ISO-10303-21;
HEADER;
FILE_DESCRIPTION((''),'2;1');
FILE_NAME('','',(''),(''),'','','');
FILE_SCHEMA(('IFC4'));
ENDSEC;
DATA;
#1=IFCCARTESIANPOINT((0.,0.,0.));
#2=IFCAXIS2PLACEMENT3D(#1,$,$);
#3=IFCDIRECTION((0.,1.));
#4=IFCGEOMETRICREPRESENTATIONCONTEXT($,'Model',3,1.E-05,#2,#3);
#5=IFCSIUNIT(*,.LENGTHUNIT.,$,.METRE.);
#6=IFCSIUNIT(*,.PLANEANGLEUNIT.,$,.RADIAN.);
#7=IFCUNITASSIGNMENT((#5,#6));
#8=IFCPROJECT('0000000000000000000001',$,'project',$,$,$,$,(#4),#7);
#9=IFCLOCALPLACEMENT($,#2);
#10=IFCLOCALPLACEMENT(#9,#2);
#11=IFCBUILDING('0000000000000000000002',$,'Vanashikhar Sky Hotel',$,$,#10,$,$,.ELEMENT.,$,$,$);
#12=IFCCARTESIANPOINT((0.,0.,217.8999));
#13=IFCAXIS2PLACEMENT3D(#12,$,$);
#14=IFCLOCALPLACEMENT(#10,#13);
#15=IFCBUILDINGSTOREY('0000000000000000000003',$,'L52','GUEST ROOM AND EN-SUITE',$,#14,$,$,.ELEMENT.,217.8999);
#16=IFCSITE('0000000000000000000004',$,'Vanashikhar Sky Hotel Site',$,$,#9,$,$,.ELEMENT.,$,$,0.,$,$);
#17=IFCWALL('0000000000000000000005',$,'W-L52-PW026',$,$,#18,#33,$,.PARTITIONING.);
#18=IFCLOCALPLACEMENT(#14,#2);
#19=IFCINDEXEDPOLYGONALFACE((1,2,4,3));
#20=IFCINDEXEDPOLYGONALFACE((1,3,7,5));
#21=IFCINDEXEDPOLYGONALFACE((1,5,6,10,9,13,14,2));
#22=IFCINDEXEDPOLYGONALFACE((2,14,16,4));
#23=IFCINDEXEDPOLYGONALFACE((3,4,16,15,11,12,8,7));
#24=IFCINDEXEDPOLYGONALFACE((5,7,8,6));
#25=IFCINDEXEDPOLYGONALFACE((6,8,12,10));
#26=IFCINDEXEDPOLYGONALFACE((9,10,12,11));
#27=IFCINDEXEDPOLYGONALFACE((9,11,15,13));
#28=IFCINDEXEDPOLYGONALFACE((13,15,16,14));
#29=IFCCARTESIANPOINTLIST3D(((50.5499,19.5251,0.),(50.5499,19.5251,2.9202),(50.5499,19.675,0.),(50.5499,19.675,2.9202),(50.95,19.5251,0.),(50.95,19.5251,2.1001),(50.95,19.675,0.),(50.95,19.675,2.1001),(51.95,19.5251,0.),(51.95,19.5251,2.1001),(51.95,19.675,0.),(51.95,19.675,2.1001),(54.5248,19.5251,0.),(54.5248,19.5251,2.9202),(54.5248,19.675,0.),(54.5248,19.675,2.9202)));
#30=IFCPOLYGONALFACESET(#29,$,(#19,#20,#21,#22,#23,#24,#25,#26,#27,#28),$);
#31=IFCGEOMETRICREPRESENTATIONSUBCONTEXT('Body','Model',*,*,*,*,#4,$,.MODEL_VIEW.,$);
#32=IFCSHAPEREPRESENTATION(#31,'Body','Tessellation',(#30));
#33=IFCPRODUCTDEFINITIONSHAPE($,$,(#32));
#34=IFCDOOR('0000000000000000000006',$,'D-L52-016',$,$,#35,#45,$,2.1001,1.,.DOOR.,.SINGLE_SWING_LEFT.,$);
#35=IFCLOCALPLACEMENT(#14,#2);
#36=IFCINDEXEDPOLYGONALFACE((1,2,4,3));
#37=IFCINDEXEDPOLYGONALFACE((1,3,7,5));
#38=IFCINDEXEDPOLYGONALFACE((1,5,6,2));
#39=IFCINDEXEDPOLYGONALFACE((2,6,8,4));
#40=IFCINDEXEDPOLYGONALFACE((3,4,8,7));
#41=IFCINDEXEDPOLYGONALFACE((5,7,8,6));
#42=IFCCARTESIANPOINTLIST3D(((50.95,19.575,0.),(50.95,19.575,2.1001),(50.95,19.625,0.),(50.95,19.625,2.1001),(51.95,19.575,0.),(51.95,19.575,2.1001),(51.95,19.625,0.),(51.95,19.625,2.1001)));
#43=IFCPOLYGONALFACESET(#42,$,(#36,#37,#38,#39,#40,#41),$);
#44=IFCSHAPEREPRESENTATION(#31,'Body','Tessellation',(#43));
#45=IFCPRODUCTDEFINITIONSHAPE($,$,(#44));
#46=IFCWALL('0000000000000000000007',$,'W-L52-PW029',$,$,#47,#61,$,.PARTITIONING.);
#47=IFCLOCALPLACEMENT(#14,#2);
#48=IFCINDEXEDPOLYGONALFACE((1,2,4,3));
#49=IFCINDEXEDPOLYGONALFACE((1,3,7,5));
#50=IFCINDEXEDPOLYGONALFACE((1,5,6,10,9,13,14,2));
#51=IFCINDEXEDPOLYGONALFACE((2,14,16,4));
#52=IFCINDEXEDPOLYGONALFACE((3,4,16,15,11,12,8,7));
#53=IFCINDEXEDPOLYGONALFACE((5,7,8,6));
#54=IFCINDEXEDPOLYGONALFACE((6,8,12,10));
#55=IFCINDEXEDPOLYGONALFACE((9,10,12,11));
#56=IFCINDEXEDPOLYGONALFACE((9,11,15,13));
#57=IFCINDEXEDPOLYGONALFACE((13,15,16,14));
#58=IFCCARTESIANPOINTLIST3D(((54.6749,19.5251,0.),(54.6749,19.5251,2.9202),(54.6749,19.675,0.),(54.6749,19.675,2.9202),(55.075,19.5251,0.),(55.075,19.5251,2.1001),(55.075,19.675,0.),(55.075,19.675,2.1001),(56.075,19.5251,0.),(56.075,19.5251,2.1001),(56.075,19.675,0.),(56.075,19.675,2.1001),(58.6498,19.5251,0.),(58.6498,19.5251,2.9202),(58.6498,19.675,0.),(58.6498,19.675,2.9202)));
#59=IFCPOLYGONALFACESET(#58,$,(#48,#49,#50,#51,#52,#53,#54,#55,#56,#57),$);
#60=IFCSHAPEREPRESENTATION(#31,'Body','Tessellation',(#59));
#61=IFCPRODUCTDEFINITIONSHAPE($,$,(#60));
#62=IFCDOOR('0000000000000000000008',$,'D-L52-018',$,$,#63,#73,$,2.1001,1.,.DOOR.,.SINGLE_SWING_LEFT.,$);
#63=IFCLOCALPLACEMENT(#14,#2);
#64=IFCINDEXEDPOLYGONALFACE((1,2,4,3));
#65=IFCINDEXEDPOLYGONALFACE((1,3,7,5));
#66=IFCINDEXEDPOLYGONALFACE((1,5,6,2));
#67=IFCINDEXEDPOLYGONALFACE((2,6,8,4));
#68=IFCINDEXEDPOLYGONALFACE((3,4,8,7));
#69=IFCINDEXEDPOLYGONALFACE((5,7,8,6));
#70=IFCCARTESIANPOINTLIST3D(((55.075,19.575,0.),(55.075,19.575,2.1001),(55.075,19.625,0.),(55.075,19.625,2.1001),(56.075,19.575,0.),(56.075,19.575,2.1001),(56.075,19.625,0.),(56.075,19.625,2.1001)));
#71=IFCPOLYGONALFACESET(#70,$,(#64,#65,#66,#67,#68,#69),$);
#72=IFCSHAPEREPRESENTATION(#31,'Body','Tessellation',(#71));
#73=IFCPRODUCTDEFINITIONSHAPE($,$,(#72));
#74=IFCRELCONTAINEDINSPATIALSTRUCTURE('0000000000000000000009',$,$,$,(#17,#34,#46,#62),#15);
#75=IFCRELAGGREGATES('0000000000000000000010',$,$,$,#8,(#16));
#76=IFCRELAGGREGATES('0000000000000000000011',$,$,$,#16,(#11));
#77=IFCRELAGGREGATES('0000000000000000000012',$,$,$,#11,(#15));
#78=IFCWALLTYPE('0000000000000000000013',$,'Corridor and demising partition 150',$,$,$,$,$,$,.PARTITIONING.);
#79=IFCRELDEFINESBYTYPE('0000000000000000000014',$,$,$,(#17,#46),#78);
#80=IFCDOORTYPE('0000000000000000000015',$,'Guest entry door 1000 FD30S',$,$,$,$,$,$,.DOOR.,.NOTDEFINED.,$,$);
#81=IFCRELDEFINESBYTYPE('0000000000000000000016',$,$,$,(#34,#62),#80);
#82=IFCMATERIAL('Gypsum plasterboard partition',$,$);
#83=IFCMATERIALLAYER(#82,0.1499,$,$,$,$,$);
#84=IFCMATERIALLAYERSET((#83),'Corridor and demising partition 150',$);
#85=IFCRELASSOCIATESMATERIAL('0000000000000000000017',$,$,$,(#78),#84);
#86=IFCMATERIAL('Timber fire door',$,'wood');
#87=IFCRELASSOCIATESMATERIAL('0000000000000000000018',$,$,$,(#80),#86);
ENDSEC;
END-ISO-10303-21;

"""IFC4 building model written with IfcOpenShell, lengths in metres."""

from ifc_helpers import new_model, si_unit, direction, frame, frame_2d, origin, place, context, subcontext, project, spatial, rectangle, extrude, source, transform, mapped, material, layer, layer_set, type_object, element, fill, save


model = new_model("IFC4")

# Units and contexts
model_context = context("Model", 3, precision=1e-05, world=origin(), true_north=direction((0.0, 1.0)))
body_context = subcontext(model_context, "Body", "Model", "MODEL_VIEW")
ifc_project = project(units=[si_unit("LENGTHUNIT", "METRE"), si_unit("PLANEANGLEUNIT", "RADIAN")], contexts=[model_context])

# Site, building, storey
site_placement = place(None, origin())
site = spatial("IfcSite", under=ifc_project, at=site_placement, Name="Vanashikhar Sky Hotel Site", CompositionType="ELEMENT", RefElevation=0.0)
building_placement = place(site_placement, origin())
building = spatial("IfcBuilding", under=site, at=building_placement, Name="Vanashikhar Sky Hotel", CompositionType="ELEMENT")
storey_placement = place(building_placement, frame((0.0, 0.0, 217.8999)))
storey = spatial("IfcBuildingStorey", under=building, at=storey_placement, Name="L52", Description="GUEST ROOM AND EN-SUITE", CompositionType="ELEMENT", Elevation=217.8999)

# Shared definitions
ifc_material_1 = material(Name="Gypsum plasterboard partition")

# Walls, openings, doors
ifc_layer_1 = layer(ifc_material_1, 0.1499)
ifc_layer_set_1 = layer_set([ifc_layer_1], Name="Corridor and demising partition 150")
wall_type_1 = type_object("IfcWallType", Name="Corridor and demising partition 150", PredefinedType="PARTITIONING", material=ifc_layer_set_1)
shared_shape_1 = source(origin(), body_context, "Body", "SweptSolid", [
    extrude(rectangle(XDim=1.0, YDim=2.1001, at=frame_2d((0.5, 1.05))), frame((0.0, 0.085, 0.0), z_axis=(0.0, -1.0, 0.0), x_axis=(1.0, 0.0, 0.0)), (0.0, 0.0, 1.0), 0.1699),
])
ifc_material_2 = material(Name="Timber fire door", Category="wood")
door_type_1 = type_object("IfcDoorType", Name="Guest entry door 1000 FD30S", OperationType="NOTDEFINED", PredefinedType="DOOR", material=ifc_material_2)
shared_shape_2 = source(origin(), body_context, "Body", "SweptSolid", [
    extrude(rectangle(XDim=1.0, YDim=2.1001, at=frame_2d((0.5, 1.05))), frame((0.0, 0.0249, 0.0), z_axis=(0.0, -1.0, 0.0), x_axis=(1.0, 0.0, 0.0)), (0.0, 0.0, 1.0), 0.05),
])
shared_shape_3 = source(origin(), body_context, "Body", "SweptSolid", [
    extrude(rectangle(XDim=3.9749, YDim=0.1499, at=frame_2d((1.9873, 0.0))), origin(), (0.0, 0.0, 1.0), 2.9202),
])
wall_1_placement = place(storey_placement, frame((50.55, 19.6001, 0.0), z_axis=(0.0, 0.0, 1.0), x_axis=(1.0, 0.0, 0.0)))
wall_1 = element("IfcWall", 1, at=wall_1_placement, inside=storey, type_object=wall_type_1, Name="W-L52-PW026", PredefinedType="PARTITIONING", context=body_context, shape_type="MappedRepresentation", body=[
    mapped(shared_shape_3, transform((0.0, 0.0, 0.0), scale=1.0)),
])
opening_1_placement = place(wall_1_placement, frame((0.3999, 0.0, 0.0)))
opening_1 = element("IfcOpeningElement", 2, at=opening_1_placement, cuts=wall_1, PredefinedType="OPENING", context=body_context, shape_type="MappedRepresentation", body=[
    mapped(shared_shape_1, transform((0.0, 0.0, 0.0), scale=1.0)),
])
door_1_placement = place(opening_1_placement, origin())
door_1 = element("IfcDoor", 3, at=door_1_placement, inside=storey, type_object=door_type_1, Name="D-L52-016", OperationType="SINGLE_SWING_LEFT", OverallHeight=2.1001, OverallWidth=1.0, PredefinedType="DOOR", context=body_context, shape_type="MappedRepresentation", body=[
    mapped(shared_shape_2, transform((0.0, 0.0, 0.0), scale=1.0)),
])
fill(opening_1, door_1)
wall_2_placement = place(storey_placement, frame((54.675, 19.6001, 0.0), z_axis=(0.0, 0.0, 1.0), x_axis=(1.0, 0.0, 0.0)))
wall_2 = element("IfcWall", 4, at=wall_2_placement, inside=storey, type_object=wall_type_1, Name="W-L52-PW029", PredefinedType="PARTITIONING", context=body_context, shape_type="MappedRepresentation", body=[
    mapped(shared_shape_3, transform((0.0, 0.0, 0.0), scale=1.0)),
])
opening_2_placement = place(wall_2_placement, frame((0.3999, 0.0, 0.0)))
opening_2 = element("IfcOpeningElement", 5, at=opening_2_placement, cuts=wall_2, PredefinedType="OPENING", context=body_context, shape_type="MappedRepresentation", body=[
    mapped(shared_shape_1, transform((0.0, 0.0, 0.0), scale=1.0)),
])
door_2_placement = place(opening_2_placement, origin())
door_2 = element("IfcDoor", 6, at=door_2_placement, inside=storey, type_object=door_type_1, Name="D-L52-018", OperationType="SINGLE_SWING_LEFT", OverallHeight=2.1001, OverallWidth=1.0, PredefinedType="DOOR", context=body_context, shape_type="MappedRepresentation", body=[
    mapped(shared_shape_2, transform((0.0, 0.0, 0.0), scale=1.0)),
])
fill(opening_2, door_2)

save(model, "model.ifc")
